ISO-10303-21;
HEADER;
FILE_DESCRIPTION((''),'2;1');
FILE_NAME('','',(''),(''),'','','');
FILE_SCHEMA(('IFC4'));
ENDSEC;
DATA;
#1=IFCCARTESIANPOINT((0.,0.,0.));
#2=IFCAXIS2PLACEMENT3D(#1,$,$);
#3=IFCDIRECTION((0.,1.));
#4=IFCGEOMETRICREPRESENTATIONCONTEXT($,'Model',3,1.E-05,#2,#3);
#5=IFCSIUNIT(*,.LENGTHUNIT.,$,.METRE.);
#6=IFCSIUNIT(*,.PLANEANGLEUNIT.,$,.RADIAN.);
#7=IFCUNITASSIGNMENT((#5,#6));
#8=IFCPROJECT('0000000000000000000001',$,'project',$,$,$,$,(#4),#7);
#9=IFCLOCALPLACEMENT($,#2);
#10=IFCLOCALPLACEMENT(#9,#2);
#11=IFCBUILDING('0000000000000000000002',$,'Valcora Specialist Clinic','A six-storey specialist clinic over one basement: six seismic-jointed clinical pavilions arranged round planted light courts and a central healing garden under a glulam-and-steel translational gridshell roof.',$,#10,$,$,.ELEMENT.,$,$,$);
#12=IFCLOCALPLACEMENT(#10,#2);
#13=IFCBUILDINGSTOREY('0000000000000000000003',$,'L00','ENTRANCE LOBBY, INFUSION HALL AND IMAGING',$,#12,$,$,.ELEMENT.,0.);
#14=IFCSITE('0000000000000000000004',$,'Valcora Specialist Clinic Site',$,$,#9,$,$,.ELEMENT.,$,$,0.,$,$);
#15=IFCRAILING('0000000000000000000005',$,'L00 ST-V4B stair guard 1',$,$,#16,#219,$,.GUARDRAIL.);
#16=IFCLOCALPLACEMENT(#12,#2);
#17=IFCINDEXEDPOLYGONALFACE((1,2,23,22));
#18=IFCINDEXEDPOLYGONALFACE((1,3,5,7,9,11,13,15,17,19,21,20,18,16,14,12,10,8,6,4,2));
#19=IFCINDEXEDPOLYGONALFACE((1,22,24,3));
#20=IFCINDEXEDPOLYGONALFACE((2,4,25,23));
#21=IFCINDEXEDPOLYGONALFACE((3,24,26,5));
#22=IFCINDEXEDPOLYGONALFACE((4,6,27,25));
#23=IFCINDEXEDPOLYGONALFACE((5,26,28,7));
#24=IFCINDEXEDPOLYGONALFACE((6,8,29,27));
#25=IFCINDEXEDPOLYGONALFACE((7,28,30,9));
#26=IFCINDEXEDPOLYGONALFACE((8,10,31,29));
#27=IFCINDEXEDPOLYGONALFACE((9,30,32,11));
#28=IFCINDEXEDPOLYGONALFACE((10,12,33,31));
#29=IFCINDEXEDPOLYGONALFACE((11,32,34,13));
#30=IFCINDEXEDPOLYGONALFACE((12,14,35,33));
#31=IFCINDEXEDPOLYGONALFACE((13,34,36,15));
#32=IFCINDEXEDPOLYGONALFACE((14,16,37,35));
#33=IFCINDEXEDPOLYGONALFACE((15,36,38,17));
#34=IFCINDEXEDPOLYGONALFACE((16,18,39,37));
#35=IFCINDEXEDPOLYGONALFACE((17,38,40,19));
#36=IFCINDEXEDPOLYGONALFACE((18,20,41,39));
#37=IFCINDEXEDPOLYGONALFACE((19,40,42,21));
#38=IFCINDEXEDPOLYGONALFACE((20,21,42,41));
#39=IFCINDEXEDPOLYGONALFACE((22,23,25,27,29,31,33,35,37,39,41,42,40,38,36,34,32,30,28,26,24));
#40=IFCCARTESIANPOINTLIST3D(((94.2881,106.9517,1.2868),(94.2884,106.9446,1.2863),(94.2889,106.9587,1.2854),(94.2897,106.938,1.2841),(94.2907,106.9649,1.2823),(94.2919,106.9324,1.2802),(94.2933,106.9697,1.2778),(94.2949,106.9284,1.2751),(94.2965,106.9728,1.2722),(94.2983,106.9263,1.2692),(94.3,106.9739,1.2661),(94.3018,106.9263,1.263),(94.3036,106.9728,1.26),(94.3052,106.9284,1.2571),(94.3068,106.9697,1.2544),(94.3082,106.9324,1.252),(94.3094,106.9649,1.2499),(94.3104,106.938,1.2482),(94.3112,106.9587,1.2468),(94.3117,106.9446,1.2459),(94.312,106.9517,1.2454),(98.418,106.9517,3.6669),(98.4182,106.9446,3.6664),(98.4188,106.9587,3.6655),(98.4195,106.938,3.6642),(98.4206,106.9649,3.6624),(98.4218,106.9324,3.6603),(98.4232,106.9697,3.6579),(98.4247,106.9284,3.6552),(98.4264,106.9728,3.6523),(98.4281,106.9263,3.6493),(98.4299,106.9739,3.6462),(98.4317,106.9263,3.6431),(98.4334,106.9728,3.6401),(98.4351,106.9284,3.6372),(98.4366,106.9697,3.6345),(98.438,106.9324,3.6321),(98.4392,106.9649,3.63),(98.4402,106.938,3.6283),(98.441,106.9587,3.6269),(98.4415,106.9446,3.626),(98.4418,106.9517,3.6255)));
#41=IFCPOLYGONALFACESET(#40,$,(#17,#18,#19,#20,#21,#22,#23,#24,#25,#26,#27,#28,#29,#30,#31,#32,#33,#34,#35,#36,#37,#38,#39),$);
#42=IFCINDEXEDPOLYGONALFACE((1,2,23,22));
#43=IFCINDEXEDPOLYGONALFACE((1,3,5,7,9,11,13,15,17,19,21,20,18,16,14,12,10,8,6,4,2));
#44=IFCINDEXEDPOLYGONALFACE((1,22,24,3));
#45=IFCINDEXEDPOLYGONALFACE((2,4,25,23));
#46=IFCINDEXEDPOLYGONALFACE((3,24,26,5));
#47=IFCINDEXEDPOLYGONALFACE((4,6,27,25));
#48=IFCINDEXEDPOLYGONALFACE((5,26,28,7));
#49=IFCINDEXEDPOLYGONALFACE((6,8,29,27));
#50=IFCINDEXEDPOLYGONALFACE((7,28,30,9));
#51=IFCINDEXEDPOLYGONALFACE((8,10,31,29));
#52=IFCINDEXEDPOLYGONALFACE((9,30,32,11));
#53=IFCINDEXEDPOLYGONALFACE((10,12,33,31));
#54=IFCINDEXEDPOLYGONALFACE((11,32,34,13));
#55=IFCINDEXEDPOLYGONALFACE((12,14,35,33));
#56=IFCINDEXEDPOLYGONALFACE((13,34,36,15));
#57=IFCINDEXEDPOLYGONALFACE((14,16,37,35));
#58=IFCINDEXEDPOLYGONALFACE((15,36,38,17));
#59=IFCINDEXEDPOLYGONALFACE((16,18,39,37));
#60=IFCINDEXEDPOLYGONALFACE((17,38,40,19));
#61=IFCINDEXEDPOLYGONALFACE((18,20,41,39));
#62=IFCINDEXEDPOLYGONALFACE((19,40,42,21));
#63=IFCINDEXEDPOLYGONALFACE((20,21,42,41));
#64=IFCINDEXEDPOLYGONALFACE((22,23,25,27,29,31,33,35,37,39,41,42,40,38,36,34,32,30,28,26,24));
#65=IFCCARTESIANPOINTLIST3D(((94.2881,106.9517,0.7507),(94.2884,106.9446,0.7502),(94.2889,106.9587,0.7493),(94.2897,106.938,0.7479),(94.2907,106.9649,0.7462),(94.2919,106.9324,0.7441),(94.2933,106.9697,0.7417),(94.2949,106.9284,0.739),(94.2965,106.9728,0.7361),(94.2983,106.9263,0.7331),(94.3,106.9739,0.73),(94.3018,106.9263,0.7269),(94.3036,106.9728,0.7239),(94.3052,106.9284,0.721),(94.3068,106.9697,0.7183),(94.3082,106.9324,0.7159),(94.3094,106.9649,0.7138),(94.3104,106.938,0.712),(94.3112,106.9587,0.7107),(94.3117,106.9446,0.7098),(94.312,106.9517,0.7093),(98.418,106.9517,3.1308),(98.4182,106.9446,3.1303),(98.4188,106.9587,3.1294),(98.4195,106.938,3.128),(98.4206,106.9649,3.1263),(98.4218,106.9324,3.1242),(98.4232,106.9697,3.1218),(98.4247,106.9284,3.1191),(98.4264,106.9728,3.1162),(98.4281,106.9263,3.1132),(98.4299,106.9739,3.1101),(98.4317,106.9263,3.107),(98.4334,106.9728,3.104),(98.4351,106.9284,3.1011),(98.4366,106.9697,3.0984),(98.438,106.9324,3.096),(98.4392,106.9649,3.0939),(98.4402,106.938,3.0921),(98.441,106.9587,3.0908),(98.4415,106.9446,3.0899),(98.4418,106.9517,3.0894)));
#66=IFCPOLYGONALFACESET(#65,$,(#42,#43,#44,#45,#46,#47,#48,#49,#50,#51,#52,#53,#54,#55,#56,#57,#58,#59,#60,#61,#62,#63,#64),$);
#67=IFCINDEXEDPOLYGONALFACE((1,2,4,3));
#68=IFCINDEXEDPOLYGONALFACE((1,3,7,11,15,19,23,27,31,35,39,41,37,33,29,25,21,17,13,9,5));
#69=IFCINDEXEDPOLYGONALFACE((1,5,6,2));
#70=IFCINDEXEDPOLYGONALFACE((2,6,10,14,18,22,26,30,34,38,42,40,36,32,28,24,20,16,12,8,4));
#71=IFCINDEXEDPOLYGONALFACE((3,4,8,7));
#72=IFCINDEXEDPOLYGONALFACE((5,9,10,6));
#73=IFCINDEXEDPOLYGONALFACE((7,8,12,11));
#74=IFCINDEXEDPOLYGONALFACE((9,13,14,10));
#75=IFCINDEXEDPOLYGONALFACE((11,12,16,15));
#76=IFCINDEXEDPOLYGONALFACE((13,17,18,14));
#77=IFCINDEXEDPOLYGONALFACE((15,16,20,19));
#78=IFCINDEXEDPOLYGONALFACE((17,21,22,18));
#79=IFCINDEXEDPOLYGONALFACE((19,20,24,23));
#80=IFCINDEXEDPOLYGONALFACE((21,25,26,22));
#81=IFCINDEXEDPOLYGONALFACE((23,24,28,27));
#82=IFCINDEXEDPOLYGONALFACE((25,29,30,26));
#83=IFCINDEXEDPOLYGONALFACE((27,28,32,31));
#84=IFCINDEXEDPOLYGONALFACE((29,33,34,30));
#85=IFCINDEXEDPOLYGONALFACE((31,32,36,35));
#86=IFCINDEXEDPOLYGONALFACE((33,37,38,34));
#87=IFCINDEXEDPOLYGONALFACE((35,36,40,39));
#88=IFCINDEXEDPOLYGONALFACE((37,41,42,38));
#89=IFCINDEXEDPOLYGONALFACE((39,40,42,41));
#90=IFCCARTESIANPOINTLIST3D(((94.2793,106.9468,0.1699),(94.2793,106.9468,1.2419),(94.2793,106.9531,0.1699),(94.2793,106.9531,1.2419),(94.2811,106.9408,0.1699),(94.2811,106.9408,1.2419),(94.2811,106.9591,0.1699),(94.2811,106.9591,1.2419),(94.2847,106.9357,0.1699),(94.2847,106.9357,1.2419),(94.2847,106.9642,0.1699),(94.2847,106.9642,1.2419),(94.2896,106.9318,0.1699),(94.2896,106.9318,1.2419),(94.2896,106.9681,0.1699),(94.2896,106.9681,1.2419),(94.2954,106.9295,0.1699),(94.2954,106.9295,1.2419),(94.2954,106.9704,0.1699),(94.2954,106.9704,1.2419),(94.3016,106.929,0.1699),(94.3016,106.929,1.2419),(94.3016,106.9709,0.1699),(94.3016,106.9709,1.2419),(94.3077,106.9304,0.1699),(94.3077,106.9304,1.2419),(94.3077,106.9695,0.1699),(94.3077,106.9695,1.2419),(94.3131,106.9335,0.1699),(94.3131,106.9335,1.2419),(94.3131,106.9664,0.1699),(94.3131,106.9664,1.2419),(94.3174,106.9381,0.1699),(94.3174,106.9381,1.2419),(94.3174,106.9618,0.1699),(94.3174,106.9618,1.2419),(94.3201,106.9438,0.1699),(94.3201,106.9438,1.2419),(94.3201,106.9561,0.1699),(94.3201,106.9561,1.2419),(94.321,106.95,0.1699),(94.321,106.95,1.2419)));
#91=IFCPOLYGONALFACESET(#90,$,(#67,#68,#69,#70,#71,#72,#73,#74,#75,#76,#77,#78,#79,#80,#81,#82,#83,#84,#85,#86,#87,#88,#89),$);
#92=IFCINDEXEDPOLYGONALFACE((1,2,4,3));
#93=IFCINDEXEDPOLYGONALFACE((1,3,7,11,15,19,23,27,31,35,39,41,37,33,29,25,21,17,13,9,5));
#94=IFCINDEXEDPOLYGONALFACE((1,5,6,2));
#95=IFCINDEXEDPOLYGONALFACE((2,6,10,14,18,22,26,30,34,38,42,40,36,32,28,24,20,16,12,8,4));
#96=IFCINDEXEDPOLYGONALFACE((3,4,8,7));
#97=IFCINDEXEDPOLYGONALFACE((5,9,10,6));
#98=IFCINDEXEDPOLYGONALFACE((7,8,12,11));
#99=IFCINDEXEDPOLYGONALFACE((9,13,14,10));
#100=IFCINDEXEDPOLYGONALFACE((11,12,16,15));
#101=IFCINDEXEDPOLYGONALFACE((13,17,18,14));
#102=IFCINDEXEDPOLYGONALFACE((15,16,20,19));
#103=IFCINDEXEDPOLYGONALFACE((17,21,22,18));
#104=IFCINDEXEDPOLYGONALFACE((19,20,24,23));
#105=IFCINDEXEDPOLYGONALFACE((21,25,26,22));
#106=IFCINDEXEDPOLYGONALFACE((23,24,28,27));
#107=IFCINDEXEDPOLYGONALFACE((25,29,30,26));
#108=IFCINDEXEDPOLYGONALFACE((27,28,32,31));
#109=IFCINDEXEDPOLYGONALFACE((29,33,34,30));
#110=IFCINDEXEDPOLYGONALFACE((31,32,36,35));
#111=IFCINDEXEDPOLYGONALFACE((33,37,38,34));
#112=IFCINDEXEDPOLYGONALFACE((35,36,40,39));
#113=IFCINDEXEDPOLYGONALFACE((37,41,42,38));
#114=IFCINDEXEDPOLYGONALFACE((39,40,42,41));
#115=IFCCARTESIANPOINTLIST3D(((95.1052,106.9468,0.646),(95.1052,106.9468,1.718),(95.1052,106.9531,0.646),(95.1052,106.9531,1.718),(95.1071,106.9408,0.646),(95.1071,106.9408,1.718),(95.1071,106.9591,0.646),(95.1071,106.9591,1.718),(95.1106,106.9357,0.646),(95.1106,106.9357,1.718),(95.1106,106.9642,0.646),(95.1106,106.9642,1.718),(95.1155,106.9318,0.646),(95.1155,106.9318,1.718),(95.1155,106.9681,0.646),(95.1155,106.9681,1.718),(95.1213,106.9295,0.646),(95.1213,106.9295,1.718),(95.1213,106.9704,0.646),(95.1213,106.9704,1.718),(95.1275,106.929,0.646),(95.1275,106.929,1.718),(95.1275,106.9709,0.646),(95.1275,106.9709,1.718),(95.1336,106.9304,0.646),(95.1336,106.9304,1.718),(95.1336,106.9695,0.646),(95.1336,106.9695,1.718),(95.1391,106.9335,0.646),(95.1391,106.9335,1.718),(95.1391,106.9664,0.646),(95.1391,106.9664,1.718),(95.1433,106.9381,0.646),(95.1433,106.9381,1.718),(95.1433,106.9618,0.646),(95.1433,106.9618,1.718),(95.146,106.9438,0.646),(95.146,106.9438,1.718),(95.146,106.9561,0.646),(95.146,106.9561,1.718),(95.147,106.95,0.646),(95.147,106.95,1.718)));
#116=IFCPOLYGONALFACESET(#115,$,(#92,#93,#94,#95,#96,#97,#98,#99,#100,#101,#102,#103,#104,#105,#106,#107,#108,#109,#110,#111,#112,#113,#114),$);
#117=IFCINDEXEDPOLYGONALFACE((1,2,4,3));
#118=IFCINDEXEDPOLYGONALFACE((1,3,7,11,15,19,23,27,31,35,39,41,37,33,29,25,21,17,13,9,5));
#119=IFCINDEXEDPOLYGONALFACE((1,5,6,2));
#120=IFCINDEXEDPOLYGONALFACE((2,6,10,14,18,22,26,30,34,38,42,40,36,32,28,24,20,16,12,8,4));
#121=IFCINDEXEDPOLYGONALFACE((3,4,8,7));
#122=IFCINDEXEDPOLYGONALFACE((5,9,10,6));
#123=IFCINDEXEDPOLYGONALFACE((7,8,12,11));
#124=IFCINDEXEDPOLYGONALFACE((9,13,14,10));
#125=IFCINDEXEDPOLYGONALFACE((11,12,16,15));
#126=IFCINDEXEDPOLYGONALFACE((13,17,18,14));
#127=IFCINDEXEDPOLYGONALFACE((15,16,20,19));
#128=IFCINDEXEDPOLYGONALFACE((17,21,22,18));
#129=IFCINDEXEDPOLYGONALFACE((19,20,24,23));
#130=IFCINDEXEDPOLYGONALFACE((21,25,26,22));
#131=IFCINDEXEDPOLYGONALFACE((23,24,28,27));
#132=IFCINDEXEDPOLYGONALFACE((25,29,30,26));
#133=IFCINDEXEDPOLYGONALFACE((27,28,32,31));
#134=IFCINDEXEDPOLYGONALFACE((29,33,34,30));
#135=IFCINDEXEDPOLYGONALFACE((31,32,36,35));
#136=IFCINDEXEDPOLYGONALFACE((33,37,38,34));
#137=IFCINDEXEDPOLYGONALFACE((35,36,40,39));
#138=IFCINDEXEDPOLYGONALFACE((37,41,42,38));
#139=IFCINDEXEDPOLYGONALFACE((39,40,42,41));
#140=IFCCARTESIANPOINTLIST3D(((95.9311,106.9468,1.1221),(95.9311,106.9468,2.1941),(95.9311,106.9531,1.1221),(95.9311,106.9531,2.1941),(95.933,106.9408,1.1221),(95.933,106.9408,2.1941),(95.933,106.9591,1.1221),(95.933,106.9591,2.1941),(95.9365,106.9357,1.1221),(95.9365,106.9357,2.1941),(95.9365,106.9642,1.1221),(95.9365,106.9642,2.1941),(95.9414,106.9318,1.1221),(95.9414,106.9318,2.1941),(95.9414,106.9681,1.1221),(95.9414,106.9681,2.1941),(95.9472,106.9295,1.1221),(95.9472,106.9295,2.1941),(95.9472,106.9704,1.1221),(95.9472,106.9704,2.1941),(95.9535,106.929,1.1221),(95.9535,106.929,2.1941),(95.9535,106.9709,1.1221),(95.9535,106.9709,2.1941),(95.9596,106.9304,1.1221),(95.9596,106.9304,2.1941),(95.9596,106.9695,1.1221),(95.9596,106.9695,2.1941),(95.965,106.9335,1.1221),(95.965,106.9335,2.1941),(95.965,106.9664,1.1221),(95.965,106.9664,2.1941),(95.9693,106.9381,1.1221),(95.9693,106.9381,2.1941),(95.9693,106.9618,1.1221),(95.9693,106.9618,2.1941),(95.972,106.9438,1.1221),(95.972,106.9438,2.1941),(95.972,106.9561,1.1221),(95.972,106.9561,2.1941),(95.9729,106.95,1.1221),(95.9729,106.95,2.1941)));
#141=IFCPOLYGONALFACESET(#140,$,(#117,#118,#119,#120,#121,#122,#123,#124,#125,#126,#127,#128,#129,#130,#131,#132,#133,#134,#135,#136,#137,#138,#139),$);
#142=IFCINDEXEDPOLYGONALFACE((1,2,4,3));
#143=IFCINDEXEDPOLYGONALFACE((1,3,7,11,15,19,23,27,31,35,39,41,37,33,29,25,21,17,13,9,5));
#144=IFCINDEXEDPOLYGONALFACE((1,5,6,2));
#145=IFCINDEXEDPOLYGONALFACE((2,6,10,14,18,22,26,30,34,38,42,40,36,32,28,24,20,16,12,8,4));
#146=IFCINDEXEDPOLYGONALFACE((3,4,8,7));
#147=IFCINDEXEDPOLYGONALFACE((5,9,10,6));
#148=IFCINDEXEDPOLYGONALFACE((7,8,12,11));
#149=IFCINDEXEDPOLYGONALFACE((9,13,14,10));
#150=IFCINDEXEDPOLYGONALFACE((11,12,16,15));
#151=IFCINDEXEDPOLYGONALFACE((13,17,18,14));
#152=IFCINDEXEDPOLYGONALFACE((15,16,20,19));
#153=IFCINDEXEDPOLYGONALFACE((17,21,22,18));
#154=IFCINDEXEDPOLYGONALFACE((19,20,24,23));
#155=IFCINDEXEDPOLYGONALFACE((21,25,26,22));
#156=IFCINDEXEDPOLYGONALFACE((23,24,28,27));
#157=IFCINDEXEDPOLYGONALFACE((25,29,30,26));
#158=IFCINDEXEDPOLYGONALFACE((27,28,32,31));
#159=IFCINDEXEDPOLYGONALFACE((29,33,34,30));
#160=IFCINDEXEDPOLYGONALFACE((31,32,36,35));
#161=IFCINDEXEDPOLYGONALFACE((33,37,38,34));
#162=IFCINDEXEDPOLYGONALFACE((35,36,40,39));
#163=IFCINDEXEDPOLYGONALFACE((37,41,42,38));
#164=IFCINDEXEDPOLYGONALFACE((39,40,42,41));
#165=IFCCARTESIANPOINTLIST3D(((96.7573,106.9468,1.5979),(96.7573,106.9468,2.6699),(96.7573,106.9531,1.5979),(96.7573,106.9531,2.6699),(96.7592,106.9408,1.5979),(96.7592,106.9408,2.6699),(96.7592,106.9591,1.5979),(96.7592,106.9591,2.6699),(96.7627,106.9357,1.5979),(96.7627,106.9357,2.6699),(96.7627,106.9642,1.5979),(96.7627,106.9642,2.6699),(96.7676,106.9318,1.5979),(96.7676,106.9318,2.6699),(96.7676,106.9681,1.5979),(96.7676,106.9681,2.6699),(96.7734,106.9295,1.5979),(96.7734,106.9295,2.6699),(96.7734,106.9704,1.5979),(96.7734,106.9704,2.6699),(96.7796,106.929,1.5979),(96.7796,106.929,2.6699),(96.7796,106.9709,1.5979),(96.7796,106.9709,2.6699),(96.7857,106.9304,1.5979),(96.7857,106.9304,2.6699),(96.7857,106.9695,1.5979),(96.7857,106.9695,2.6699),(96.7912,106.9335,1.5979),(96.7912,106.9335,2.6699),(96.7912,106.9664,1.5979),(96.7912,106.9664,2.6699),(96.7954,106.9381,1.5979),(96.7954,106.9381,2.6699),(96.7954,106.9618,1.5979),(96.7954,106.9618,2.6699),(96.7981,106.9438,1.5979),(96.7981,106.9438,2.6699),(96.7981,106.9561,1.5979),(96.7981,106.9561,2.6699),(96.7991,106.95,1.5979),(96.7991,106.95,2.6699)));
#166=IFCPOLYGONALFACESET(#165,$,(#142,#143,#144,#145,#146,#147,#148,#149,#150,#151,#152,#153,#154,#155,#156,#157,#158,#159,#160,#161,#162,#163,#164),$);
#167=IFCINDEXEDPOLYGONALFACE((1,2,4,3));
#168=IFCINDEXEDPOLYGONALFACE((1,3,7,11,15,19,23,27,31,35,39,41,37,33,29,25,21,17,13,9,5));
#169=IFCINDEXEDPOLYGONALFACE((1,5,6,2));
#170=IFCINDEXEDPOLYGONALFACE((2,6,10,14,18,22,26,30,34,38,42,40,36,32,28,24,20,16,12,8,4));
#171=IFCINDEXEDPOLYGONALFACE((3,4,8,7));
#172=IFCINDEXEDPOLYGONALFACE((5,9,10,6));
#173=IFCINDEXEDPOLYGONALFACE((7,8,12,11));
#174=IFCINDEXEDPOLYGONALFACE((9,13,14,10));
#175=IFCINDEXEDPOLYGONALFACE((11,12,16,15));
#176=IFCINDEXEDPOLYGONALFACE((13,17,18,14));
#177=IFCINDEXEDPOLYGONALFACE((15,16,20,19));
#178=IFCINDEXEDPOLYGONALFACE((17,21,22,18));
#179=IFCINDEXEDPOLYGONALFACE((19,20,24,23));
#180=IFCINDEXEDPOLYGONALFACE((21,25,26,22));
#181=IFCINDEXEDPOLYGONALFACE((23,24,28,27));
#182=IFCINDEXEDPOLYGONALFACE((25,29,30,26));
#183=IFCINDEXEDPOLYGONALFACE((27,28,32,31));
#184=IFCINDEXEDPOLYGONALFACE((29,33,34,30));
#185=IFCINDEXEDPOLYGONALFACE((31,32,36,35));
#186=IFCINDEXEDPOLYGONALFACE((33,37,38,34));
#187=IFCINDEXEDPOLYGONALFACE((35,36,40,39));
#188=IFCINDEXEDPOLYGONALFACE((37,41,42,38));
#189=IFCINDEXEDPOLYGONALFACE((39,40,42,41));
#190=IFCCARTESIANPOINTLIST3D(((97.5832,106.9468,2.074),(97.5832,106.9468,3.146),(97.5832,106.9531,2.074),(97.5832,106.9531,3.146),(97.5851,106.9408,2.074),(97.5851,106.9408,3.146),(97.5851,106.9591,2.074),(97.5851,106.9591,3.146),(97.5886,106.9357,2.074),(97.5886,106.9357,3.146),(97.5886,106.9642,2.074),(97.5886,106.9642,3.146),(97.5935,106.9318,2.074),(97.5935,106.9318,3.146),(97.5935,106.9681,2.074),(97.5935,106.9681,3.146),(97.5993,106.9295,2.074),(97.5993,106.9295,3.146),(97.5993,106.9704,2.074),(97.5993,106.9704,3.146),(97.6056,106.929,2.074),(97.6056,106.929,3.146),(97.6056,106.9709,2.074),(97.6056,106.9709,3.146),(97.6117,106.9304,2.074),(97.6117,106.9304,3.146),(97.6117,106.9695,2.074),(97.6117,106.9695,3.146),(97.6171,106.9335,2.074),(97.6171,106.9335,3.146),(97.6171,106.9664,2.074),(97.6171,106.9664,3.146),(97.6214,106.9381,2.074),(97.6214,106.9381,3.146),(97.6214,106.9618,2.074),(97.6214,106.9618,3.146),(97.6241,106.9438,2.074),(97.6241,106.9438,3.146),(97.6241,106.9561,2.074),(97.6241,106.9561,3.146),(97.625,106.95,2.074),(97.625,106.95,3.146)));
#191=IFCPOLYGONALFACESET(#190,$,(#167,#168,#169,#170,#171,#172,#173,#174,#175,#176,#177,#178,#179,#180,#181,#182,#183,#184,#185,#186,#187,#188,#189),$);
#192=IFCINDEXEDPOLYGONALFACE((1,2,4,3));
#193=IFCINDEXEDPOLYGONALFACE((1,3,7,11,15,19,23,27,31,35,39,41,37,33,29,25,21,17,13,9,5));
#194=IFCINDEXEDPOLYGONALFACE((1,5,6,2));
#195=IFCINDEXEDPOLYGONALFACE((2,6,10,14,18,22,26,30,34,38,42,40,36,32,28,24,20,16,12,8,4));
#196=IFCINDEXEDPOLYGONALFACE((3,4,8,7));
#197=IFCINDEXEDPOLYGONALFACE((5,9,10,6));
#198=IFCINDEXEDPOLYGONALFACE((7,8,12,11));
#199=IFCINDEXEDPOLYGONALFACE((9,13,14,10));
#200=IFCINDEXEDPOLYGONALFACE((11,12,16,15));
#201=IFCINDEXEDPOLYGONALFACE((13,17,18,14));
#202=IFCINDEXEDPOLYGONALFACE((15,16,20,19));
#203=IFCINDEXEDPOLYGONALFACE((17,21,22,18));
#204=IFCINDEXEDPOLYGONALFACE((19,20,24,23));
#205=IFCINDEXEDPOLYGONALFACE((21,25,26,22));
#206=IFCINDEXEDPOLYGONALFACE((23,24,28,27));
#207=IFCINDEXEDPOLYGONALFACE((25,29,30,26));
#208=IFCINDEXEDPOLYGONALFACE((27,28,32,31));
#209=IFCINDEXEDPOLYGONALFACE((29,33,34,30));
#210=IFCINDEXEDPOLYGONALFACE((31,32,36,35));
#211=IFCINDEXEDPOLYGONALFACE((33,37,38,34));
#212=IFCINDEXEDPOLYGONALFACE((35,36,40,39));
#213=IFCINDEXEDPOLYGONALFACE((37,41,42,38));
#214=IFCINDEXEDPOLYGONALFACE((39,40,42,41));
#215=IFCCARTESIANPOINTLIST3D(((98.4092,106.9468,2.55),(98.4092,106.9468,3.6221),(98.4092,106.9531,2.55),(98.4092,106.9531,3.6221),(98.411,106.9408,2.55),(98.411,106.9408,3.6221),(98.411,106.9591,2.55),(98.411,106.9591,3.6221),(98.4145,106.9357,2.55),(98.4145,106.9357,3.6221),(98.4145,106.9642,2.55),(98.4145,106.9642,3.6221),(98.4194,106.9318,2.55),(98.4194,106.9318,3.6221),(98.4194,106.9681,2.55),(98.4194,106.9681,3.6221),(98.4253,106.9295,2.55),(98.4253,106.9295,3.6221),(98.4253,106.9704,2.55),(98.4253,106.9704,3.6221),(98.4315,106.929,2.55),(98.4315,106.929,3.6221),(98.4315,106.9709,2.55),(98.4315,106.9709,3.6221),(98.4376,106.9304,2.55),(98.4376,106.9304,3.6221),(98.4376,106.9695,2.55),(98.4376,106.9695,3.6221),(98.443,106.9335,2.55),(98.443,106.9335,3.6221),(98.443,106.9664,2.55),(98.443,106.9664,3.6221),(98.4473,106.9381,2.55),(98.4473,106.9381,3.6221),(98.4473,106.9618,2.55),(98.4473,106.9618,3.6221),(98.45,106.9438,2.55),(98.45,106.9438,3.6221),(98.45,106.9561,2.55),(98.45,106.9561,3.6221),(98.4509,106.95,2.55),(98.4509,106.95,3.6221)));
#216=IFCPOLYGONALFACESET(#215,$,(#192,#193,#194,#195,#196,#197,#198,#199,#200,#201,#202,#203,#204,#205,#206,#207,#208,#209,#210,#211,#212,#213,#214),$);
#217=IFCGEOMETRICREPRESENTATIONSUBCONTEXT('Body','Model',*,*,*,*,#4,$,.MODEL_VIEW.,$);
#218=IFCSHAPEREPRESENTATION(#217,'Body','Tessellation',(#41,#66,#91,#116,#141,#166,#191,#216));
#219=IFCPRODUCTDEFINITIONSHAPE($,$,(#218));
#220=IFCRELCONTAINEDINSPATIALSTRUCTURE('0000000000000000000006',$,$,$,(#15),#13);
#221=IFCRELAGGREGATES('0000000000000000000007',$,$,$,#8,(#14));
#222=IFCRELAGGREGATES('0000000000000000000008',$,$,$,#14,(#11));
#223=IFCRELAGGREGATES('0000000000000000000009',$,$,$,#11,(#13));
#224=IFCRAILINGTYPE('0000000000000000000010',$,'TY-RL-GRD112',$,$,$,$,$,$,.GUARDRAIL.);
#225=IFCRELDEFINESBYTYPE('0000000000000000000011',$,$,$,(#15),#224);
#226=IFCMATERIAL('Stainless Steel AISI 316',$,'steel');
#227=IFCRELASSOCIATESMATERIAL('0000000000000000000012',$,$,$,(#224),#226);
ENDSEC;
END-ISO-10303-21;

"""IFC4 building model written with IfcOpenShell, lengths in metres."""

from ifc_helpers import new_model, si_unit, direction, frame, origin, origin_2d, place, context, subcontext, project, spatial, circle, extrude, material, type_object, element, save


model = new_model("IFC4")

# Units and contexts
model_context = context("Model", 3, precision=1e-05, world=origin(), true_north=direction((0.0, 1.0)))
body_context = subcontext(model_context, "Body", "Model", "MODEL_VIEW")
ifc_project = project(units=[si_unit("LENGTHUNIT", "METRE"), si_unit("PLANEANGLEUNIT", "RADIAN")], contexts=[model_context])

# Site, building, storey
site_placement = place(None, origin())
site = spatial("IfcSite", under=ifc_project, at=site_placement, Name="Valcora Specialist Clinic Site", CompositionType="ELEMENT", RefElevation=0.0)
building_placement = place(site_placement, origin())
building = spatial("IfcBuilding", under=site, at=building_placement, Name="Valcora Specialist Clinic", Description="A six-storey specialist clinic over one basement: six seismic-jointed clinical pavilions arranged round planted light courts and a central healing garden under a glulam-and-steel translational gridshell roof.", CompositionType="ELEMENT")
storey_placement = place(building_placement, origin())
storey = spatial("IfcBuildingStorey", under=building, at=storey_placement, Name="L00", Description="ENTRANCE LOBBY, INFUSION HALL AND IMAGING", CompositionType="ELEMENT", Elevation=0.0)

# Railing
ifc_material_1 = material(Name="Stainless Steel AISI 316", Category="steel")
railing_type_1 = type_object("IfcRailingType", Name="TY-RL-GRD112", PredefinedType="GUARDRAIL", material=ifc_material_1)
railing_1_placement = place(storey_placement, frame((94.3, 106.95, 0.1699)))
element("IfcRailing", 1, at=railing_1_placement, inside=storey, type_object=railing_type_1, Name="L00 ST-V4B stair guard 1", PredefinedType="GUARDRAIL", context=body_context, shape_type="SweptSolid", body=[
    extrude(circle(Radius=0.0239, at=origin_2d()), frame((0.0, 0.0, 1.0962), z_axis=(0.866412, 0.0, 0.499329), x_axis=(0.0, 1.0, 0.0)), (0.0, 0.0, 1.0), 4.7666),
    extrude(circle(Radius=0.0239, at=origin_2d()), frame((0.0, 0.0, 0.5601), z_axis=(0.866412, 0.0, 0.499329), x_axis=(0.0, 1.0, 0.0)), (0.0, 0.0, 1.0), 4.7666),
    extrude(circle(Radius=0.021, at=origin_2d()), origin(), (0.0, 0.0, 1.0), 1.072),
    extrude(circle(Radius=0.021, at=origin_2d()), frame((0.8259, 0.0, 0.4761)), (0.0, 0.0, 1.0), 1.072),
    extrude(circle(Radius=0.021, at=origin_2d()), frame((1.6519, 0.0, 0.9521)), (0.0, 0.0, 1.0), 1.072),
    extrude(circle(Radius=0.021, at=origin_2d()), frame((2.478, 0.0, 1.428)), (0.0, 0.0, 1.0), 1.072),
    extrude(circle(Radius=0.021, at=origin_2d()), frame((3.304, 0.0, 1.9041)), (0.0, 0.0, 1.0), 1.072),
    extrude(circle(Radius=0.021, at=origin_2d()), frame((4.1299, 0.0, 2.3801)), (0.0, 0.0, 1.0), 1.072),
])

save(model, "model.ifc")
